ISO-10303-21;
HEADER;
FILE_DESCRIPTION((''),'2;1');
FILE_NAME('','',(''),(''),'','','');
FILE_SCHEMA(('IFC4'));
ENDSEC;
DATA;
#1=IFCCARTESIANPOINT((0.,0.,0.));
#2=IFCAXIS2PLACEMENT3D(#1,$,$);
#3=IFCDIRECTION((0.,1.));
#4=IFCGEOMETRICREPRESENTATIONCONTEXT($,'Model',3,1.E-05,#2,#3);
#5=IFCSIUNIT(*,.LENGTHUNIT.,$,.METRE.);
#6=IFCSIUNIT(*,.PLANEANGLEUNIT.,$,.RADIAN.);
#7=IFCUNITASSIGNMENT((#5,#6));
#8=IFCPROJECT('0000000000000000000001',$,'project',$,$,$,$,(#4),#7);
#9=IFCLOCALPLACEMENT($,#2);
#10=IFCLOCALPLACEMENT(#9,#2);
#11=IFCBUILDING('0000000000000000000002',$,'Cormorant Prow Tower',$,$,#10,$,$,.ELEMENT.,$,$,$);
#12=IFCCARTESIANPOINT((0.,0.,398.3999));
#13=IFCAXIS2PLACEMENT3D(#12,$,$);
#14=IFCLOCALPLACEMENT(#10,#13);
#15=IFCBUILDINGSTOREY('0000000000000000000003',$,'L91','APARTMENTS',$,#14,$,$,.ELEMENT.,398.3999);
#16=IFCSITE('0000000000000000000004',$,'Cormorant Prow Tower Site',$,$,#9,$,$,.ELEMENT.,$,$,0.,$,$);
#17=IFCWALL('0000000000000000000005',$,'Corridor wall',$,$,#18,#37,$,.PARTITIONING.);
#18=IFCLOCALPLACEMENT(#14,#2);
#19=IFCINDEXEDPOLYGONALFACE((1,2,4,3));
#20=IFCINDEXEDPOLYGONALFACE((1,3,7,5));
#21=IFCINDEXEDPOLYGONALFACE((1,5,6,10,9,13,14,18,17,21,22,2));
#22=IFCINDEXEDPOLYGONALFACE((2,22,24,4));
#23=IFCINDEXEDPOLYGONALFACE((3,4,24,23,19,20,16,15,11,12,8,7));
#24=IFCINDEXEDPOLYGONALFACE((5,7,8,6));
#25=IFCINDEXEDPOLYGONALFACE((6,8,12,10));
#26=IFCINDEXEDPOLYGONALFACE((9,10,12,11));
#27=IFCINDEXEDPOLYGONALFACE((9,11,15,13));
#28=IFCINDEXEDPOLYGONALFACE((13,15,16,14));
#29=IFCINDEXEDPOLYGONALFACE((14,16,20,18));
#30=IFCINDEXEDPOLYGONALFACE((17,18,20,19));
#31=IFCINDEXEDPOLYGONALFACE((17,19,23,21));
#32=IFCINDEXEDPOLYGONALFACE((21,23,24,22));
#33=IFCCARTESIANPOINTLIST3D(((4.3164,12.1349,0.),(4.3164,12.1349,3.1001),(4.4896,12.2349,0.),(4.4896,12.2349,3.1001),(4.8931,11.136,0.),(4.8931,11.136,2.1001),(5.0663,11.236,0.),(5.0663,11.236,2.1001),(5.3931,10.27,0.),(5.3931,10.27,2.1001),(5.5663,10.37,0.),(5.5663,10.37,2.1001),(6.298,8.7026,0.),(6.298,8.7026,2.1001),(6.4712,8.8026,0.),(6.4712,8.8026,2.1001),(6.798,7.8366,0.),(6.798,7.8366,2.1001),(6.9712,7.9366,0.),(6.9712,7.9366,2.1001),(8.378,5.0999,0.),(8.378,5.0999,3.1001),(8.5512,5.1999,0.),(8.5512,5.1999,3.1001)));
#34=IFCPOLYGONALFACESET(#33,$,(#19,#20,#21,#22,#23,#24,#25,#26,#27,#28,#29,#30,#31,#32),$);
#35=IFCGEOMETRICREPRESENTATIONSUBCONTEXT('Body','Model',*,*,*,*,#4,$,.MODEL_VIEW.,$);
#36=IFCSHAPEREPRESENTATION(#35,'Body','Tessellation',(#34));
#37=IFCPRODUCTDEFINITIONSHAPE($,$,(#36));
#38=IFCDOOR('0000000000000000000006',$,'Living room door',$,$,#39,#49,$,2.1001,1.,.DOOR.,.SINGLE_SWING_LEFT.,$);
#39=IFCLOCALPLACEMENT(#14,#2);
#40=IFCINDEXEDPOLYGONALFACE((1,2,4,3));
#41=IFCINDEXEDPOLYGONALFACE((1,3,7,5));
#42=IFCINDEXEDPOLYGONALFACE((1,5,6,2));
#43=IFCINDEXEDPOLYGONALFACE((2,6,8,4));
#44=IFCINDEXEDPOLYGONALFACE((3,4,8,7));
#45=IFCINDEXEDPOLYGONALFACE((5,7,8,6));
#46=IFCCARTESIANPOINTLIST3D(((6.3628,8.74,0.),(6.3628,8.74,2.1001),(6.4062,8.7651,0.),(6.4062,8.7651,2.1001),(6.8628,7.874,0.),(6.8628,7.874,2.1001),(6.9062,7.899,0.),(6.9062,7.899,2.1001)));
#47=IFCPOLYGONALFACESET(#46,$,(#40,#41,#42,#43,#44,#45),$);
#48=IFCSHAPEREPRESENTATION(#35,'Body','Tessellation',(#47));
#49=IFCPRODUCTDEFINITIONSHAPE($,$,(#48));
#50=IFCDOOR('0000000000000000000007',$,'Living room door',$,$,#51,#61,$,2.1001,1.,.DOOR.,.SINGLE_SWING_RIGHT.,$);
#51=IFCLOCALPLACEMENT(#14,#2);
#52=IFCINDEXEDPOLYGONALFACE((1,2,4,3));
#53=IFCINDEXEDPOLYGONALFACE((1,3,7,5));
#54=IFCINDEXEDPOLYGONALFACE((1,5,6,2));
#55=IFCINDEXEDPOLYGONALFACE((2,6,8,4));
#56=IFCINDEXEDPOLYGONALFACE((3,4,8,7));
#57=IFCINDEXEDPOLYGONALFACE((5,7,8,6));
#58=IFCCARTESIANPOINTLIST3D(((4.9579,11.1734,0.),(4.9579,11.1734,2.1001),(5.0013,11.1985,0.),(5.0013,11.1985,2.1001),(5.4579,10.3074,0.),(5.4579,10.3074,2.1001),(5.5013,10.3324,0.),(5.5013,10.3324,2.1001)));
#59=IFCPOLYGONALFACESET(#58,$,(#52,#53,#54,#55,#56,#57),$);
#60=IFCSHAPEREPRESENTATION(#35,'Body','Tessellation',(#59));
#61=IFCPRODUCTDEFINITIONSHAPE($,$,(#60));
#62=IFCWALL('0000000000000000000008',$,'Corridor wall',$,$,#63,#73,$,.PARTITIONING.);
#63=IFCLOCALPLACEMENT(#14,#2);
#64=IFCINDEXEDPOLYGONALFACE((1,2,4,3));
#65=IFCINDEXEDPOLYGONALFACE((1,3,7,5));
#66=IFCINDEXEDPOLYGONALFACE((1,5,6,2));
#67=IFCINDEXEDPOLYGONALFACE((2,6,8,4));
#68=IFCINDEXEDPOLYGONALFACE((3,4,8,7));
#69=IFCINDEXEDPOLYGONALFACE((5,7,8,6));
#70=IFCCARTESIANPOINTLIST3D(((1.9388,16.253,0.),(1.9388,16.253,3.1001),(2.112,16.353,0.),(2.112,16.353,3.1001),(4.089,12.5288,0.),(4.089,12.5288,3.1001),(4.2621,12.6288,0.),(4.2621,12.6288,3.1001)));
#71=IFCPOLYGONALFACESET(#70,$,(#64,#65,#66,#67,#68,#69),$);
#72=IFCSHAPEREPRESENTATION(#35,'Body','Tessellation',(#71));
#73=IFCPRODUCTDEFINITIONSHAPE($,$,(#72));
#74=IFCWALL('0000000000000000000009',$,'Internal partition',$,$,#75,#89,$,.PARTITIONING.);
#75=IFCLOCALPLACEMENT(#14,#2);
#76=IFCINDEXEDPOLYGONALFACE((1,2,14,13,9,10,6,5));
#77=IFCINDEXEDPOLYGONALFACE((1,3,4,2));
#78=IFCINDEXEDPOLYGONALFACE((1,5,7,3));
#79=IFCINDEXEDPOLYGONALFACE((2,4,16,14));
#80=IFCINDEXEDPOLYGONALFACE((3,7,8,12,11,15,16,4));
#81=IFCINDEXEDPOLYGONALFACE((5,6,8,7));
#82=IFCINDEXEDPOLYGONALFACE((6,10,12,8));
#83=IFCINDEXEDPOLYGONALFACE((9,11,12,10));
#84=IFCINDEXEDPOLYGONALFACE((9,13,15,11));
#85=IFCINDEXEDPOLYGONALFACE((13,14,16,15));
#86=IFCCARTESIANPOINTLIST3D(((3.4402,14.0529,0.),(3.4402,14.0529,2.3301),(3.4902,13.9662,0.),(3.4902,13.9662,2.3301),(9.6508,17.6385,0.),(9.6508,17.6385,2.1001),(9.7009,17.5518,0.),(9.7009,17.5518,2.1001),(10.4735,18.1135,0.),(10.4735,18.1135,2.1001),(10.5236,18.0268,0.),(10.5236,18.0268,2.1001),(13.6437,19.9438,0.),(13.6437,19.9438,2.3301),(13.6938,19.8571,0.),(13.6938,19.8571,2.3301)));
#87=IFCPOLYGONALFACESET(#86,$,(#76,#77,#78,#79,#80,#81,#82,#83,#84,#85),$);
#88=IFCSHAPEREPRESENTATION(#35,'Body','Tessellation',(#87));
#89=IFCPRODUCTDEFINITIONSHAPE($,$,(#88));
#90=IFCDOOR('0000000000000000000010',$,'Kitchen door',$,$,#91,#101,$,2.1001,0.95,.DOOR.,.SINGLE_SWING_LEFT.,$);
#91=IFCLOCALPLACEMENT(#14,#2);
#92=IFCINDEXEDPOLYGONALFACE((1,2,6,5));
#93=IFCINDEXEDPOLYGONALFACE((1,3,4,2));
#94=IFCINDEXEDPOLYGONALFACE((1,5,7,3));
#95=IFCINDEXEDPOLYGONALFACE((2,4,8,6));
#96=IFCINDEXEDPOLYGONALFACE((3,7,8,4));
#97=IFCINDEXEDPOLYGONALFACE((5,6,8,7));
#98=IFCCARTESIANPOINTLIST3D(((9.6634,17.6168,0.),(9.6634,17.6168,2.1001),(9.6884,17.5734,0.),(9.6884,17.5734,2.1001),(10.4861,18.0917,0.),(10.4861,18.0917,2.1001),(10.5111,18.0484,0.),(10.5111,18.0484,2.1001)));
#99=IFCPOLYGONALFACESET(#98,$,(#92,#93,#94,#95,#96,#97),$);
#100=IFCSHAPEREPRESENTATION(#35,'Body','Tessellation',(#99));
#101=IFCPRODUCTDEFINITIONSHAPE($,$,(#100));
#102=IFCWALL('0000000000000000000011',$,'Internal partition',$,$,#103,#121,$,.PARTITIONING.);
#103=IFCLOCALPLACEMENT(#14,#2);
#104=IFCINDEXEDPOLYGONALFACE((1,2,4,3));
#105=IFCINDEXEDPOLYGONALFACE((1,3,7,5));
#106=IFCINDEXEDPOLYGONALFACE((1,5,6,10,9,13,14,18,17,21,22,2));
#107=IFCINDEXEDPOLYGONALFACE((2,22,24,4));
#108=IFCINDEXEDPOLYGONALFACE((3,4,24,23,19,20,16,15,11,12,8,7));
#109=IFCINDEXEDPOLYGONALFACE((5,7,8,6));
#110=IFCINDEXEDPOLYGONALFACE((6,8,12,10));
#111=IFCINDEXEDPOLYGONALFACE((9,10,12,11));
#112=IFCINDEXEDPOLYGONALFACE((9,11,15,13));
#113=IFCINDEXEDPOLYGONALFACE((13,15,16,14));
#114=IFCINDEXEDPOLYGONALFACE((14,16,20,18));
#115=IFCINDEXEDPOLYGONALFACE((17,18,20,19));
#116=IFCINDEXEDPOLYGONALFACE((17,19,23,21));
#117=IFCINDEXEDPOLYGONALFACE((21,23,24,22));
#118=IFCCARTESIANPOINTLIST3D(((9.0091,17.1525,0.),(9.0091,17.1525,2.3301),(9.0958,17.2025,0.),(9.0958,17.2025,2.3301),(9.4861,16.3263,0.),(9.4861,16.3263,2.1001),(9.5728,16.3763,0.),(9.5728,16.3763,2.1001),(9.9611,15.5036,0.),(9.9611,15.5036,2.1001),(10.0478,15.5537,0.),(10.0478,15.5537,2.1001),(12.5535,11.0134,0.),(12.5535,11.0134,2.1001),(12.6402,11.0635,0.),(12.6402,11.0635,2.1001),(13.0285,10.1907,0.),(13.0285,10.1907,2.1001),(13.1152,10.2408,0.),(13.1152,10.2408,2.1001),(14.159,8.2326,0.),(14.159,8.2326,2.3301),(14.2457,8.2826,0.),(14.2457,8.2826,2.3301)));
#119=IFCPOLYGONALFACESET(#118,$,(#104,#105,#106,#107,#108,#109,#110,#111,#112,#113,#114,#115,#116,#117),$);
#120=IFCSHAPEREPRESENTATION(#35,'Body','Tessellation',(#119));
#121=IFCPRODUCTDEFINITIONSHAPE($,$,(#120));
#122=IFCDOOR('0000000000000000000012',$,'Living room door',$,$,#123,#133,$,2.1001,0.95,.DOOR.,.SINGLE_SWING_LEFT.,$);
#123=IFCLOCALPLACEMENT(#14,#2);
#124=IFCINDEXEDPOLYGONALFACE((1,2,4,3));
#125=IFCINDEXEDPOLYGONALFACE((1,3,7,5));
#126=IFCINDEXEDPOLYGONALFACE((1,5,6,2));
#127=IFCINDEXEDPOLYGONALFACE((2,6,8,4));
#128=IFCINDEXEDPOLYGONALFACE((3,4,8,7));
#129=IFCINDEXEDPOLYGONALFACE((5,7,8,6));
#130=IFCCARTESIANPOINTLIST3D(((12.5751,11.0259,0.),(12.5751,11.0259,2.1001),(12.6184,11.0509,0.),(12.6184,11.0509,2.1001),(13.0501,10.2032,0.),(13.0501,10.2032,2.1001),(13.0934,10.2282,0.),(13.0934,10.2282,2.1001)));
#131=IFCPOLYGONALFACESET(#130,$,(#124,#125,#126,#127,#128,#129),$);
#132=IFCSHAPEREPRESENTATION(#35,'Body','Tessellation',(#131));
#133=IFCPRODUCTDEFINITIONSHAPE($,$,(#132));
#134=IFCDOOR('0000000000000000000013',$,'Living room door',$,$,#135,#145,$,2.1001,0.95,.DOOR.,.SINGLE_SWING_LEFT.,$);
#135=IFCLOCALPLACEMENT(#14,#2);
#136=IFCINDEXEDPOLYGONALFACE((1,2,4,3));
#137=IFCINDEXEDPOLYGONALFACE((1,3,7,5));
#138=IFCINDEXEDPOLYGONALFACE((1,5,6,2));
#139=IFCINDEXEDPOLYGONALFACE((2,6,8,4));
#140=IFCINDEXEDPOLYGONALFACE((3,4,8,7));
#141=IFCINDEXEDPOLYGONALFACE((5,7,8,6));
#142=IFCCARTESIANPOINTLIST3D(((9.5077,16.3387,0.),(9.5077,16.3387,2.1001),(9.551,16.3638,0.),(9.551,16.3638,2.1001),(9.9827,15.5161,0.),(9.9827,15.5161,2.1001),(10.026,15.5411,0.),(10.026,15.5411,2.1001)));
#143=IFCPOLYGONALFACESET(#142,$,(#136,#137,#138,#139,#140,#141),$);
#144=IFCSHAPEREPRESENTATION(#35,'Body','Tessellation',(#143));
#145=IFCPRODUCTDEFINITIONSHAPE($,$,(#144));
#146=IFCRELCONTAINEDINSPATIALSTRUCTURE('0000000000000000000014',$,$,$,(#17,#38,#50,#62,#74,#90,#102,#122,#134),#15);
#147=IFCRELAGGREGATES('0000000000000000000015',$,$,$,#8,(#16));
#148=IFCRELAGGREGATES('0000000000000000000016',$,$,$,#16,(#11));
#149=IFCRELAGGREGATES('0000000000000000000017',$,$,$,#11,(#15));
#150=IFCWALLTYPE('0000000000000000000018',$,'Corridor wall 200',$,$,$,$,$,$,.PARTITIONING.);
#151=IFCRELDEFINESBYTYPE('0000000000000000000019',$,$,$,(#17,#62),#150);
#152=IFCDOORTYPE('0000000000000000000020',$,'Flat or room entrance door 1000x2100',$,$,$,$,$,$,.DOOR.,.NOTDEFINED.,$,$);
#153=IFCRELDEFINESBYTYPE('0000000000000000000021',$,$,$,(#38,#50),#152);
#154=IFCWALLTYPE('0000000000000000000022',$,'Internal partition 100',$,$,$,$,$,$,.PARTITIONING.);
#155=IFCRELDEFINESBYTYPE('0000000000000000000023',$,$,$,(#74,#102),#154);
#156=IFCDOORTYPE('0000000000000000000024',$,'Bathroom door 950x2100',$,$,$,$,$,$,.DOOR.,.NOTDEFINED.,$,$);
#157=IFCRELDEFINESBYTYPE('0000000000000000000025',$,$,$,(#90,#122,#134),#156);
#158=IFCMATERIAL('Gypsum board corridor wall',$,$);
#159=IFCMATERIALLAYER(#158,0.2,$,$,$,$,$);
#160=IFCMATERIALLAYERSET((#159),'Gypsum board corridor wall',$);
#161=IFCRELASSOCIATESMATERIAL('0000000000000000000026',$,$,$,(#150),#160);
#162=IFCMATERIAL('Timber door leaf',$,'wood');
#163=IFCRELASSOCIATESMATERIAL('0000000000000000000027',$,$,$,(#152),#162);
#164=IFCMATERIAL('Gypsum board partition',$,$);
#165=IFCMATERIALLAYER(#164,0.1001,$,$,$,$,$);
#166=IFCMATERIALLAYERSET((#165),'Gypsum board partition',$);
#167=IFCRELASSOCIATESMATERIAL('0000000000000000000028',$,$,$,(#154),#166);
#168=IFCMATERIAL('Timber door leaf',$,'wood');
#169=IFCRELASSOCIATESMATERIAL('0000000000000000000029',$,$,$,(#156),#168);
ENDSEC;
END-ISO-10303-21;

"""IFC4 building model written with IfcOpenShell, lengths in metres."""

from ifc_helpers import new_model, si_unit, direction, frame, frame_2d, origin, place, context, subcontext, project, spatial, rectangle, extrude, material, layer, layer_set, type_object, element, fill, save


model = new_model("IFC4")

# Units and contexts
model_context = context("Model", 3, precision=1e-05, world=origin(), true_north=direction((0.0, 1.0)))
body_context = subcontext(model_context, "Body", "Model", "MODEL_VIEW")
ifc_project = project(units=[si_unit("LENGTHUNIT", "METRE"), si_unit("PLANEANGLEUNIT", "RADIAN")], contexts=[model_context])

# Site, building, storey
site_placement = place(None, origin())
site = spatial("IfcSite", under=ifc_project, at=site_placement, Name="Cormorant Prow Tower Site", CompositionType="ELEMENT", RefElevation=0.0)
building_placement = place(site_placement, origin())
building = spatial("IfcBuilding", under=site, at=building_placement, Name="Cormorant Prow Tower", CompositionType="ELEMENT")
storey_placement = place(building_placement, frame((0.0, 0.0, 398.3999)))
storey = spatial("IfcBuildingStorey", under=building, at=storey_placement, Name="L91", Description="APARTMENTS", CompositionType="ELEMENT", Elevation=398.3999)

# Wall, openings, doors
ifc_material_1 = material(Name="Gypsum board corridor wall")
ifc_layer_1 = layer(ifc_material_1, 0.2)
ifc_layer_set_1 = layer_set([ifc_layer_1], Name="Gypsum board corridor wall")
wall_type_1 = type_object("IfcWallType", Name="Corridor wall 200", PredefinedType="PARTITIONING", material=ifc_layer_set_1)
wall_1_placement = place(storey_placement, frame((4.4031, 12.1848, 0.0), z_axis=(0.0, 0.0, 1.0), x_axis=(0.499992, -0.86603, 0.0)))
wall_1 = element("IfcWall", 1, at=wall_1_placement, inside=storey, type_object=wall_type_1, Name="Corridor wall", PredefinedType="PARTITIONING", context=body_context, shape_type="SweptSolid", body=[
    extrude(rectangle(XDim=8.1233, YDim=0.2, at=frame_2d((4.0615, 0.0))), origin(), (0.0, 0.0, 1.0), 3.1001),
])
opening_1_placement = place(wall_1_placement, frame((3.9631, 0.0, 0.0)))
opening_1 = element("IfcOpeningElement", 2, at=opening_1_placement, cuts=wall_1, PredefinedType="OPENING", context=body_context, shape_type="SweptSolid", body=[
    extrude(rectangle(XDim=1.0, YDim=2.1001, at=frame_2d((0.5, 1.05))), frame((0.0, 0.1099, 0.0), z_axis=(0.0, -1.0, 0.0), x_axis=(1.0, 0.0, 0.0)), (0.0, 0.0, 1.0), 0.22),
])
opening_2_placement = place(wall_1_placement, frame((1.1533, 0.0, 0.0)))
opening_2 = element("IfcOpeningElement", 3, at=opening_2_placement, cuts=wall_1, PredefinedType="OPENING", context=body_context, shape_type="SweptSolid", body=[
    extrude(rectangle(XDim=1.0, YDim=2.1001, at=frame_2d((0.5, 1.05))), frame((0.0, 0.1099, 0.0), z_axis=(0.0, -1.0, 0.0), x_axis=(1.0, 0.0, 0.0)), (0.0, 0.0, 1.0), 0.22),
])
ifc_material_2 = material(Name="Timber door leaf", Category="wood")
door_type_1 = type_object("IfcDoorType", Name="Flat or room entrance door 1000x2100", OperationType="NOTDEFINED", PredefinedType="DOOR", material=ifc_material_2)
door_1_placement = place(opening_1_placement, origin())
door_1 = element("IfcDoor", 4, at=door_1_placement, inside=storey, type_object=door_type_1, Name="Living room door", OperationType="SINGLE_SWING_LEFT", OverallHeight=2.1001, OverallWidth=1.0, PredefinedType="DOOR", context=body_context, shape_type="SweptSolid", body=[
    extrude(rectangle(XDim=1.0, YDim=2.1001, at=frame_2d((0.5, 1.05))), frame((0.0, 0.0249, 0.0), z_axis=(0.0, -1.0, 0.0), x_axis=(1.0, 0.0, 0.0)), (0.0, 0.0, 1.0), 0.05),
])
fill(opening_1, door_1)
door_2_placement = place(opening_2_placement, origin())
door_2 = element("IfcDoor", 5, at=door_2_placement, inside=storey, type_object=door_type_1, Name="Living room door", OperationType="SINGLE_SWING_RIGHT", OverallHeight=2.1001, OverallWidth=1.0, PredefinedType="DOOR", context=body_context, shape_type="SweptSolid", body=[
    extrude(rectangle(XDim=1.0, YDim=2.1001, at=frame_2d((0.5, 1.05))), frame((0.0, 0.0249, 0.0), z_axis=(0.0, -1.0, 0.0), x_axis=(1.0, 0.0, 0.0)), (0.0, 0.0, 1.0), 0.05),
])
fill(opening_2, door_2)

# Wall
wall_2_placement = place(storey_placement, frame((2.0254, 16.303, 0.0), z_axis=(0.0, 0.0, 1.0), x_axis=(0.500004, -0.866023, 0.0)))
element("IfcWall", 6, at=wall_2_placement, inside=storey, type_object=wall_type_1, Name="Corridor wall", PredefinedType="PARTITIONING", context=body_context, shape_type="SweptSolid", body=[
    extrude(rectangle(XDim=4.3003, YDim=0.2, at=frame_2d((2.1501, 0.0))), origin(), (0.0, 0.0, 1.0), 3.1001),
])

# Wall, opening, door
ifc_material_3 = material(Name="Gypsum board partition")
ifc_layer_2 = layer(ifc_material_3, 0.1001)
ifc_layer_set_2 = layer_set([ifc_layer_2], Name="Gypsum board partition")
wall_type_2 = type_object("IfcWallType", Name="Internal partition 100", PredefinedType="PARTITIONING", material=ifc_layer_set_2)
wall_3_placement = place(storey_placement, frame((3.4651, 14.0095, 0.0), z_axis=(0.0, 0.0, 1.0), x_axis=(0.866032, 0.499988, 0.0)))
wall_3 = element("IfcWall", 7, at=wall_3_placement, inside=storey, type_object=wall_type_2, Name="Internal partition", PredefinedType="PARTITIONING", context=body_context, shape_type="SweptSolid", body=[
    extrude(rectangle(XDim=11.782, YDim=0.1001, at=frame_2d((5.8911, 0.0))), origin(), (0.0, 0.0, 1.0), 2.3301),
])
opening_3_placement = place(wall_3_placement, frame((7.1714, 0.0, 0.0)))
opening_3 = element("IfcOpeningElement", 8, at=opening_3_placement, cuts=wall_3, PredefinedType="OPENING", context=body_context, shape_type="SweptSolid", body=[
    extrude(rectangle(XDim=0.95, YDim=2.1001, at=frame_2d((0.4751, 1.05))), frame((0.0, 0.0601, 0.0), z_axis=(0.0, -1.0, 0.0), x_axis=(1.0, 0.0, 0.0)), (0.0, 0.0, 1.0), 0.1201),
])
ifc_material_4 = material(Name="Timber door leaf", Category="wood")
door_type_2 = type_object("IfcDoorType", Name="Bathroom door 950x2100", OperationType="NOTDEFINED", PredefinedType="DOOR", material=ifc_material_4)
door_3_placement = place(opening_3_placement, origin())
door_3 = element("IfcDoor", 9, at=door_3_placement, inside=storey, type_object=door_type_2, Name="Kitchen door", OperationType="SINGLE_SWING_LEFT", OverallHeight=2.1001, OverallWidth=0.95, PredefinedType="DOOR", context=body_context, shape_type="SweptSolid", body=[
    extrude(rectangle(XDim=0.95, YDim=2.1001, at=frame_2d((0.4751, 1.05))), frame((0.0, 0.0249, 0.0), z_axis=(0.0, -1.0, 0.0), x_axis=(1.0, 0.0, 0.0)), (0.0, 0.0, 1.0), 0.05),
])
fill(opening_3, door_3)

# Wall, openings, doors
wall_4_placement = place(storey_placement, frame((9.0525, 17.1775, 0.0), z_axis=(0.0, 0.0, 1.0), x_axis=(0.499999, -0.866026, 0.0)))
wall_4 = element("IfcWall", 10, at=wall_4_placement, inside=storey, type_object=wall_type_2, Name="Internal partition", PredefinedType="PARTITIONING", context=body_context, shape_type="SweptSolid", body=[
    extrude(rectangle(XDim=10.2998, YDim=0.1001, at=frame_2d((5.1499, 0.0))), origin(), (0.0, 0.0, 1.0), 2.3301),
])
opening_4_placement = place(wall_4_placement, frame((7.0886, 0.0, 0.0)))
opening_4 = element("IfcOpeningElement", 11, at=opening_4_placement, cuts=wall_4, PredefinedType="OPENING", context=body_context, shape_type="SweptSolid", body=[
    extrude(rectangle(XDim=0.95, YDim=2.1001, at=frame_2d((0.4751, 1.05))), frame((0.0, 0.0601, 0.0), z_axis=(0.0, -1.0, 0.0), x_axis=(1.0, 0.0, 0.0)), (0.0, 0.0, 1.0), 0.1201),
])
opening_5_placement = place(wall_4_placement, frame((0.9539, 0.0, 0.0)))
opening_5 = element("IfcOpeningElement", 12, at=opening_5_placement, cuts=wall_4, PredefinedType="OPENING", context=body_context, shape_type="SweptSolid", body=[
    extrude(rectangle(XDim=0.95, YDim=2.1001, at=frame_2d((0.4751, 1.05))), frame((0.0, 0.0601, 0.0), z_axis=(0.0, -1.0, 0.0), x_axis=(1.0, 0.0, 0.0)), (0.0, 0.0, 1.0), 0.1201),
])
door_4_placement = place(opening_4_placement, origin())
door_4 = element("IfcDoor", 13, at=door_4_placement, inside=storey, type_object=door_type_2, Name="Living room door", OperationType="SINGLE_SWING_LEFT", OverallHeight=2.1001, OverallWidth=0.95, PredefinedType="DOOR", context=body_context, shape_type="SweptSolid", body=[
    extrude(rectangle(XDim=0.95, YDim=2.1001, at=frame_2d((0.4751, 1.05))), frame((0.0, 0.0249, 0.0), z_axis=(0.0, -1.0, 0.0), x_axis=(1.0, 0.0, 0.0)), (0.0, 0.0, 1.0), 0.05),
])
fill(opening_4, door_4)
door_5_placement = place(opening_5_placement, origin())
door_5 = element("IfcDoor", 14, at=door_5_placement, inside=storey, type_object=door_type_2, Name="Living room door", OperationType="SINGLE_SWING_LEFT", OverallHeight=2.1001, OverallWidth=0.95, PredefinedType="DOOR", context=body_context, shape_type="SweptSolid", body=[
    extrude(rectangle(XDim=0.95, YDim=2.1001, at=frame_2d((0.4751, 1.05))), frame((0.0, 0.0249, 0.0), z_axis=(0.0, -1.0, 0.0), x_axis=(1.0, 0.0, 0.0)), (0.0, 0.0, 1.0), 0.05),
])
fill(opening_5, door_5)

save(model, "model.ifc")
